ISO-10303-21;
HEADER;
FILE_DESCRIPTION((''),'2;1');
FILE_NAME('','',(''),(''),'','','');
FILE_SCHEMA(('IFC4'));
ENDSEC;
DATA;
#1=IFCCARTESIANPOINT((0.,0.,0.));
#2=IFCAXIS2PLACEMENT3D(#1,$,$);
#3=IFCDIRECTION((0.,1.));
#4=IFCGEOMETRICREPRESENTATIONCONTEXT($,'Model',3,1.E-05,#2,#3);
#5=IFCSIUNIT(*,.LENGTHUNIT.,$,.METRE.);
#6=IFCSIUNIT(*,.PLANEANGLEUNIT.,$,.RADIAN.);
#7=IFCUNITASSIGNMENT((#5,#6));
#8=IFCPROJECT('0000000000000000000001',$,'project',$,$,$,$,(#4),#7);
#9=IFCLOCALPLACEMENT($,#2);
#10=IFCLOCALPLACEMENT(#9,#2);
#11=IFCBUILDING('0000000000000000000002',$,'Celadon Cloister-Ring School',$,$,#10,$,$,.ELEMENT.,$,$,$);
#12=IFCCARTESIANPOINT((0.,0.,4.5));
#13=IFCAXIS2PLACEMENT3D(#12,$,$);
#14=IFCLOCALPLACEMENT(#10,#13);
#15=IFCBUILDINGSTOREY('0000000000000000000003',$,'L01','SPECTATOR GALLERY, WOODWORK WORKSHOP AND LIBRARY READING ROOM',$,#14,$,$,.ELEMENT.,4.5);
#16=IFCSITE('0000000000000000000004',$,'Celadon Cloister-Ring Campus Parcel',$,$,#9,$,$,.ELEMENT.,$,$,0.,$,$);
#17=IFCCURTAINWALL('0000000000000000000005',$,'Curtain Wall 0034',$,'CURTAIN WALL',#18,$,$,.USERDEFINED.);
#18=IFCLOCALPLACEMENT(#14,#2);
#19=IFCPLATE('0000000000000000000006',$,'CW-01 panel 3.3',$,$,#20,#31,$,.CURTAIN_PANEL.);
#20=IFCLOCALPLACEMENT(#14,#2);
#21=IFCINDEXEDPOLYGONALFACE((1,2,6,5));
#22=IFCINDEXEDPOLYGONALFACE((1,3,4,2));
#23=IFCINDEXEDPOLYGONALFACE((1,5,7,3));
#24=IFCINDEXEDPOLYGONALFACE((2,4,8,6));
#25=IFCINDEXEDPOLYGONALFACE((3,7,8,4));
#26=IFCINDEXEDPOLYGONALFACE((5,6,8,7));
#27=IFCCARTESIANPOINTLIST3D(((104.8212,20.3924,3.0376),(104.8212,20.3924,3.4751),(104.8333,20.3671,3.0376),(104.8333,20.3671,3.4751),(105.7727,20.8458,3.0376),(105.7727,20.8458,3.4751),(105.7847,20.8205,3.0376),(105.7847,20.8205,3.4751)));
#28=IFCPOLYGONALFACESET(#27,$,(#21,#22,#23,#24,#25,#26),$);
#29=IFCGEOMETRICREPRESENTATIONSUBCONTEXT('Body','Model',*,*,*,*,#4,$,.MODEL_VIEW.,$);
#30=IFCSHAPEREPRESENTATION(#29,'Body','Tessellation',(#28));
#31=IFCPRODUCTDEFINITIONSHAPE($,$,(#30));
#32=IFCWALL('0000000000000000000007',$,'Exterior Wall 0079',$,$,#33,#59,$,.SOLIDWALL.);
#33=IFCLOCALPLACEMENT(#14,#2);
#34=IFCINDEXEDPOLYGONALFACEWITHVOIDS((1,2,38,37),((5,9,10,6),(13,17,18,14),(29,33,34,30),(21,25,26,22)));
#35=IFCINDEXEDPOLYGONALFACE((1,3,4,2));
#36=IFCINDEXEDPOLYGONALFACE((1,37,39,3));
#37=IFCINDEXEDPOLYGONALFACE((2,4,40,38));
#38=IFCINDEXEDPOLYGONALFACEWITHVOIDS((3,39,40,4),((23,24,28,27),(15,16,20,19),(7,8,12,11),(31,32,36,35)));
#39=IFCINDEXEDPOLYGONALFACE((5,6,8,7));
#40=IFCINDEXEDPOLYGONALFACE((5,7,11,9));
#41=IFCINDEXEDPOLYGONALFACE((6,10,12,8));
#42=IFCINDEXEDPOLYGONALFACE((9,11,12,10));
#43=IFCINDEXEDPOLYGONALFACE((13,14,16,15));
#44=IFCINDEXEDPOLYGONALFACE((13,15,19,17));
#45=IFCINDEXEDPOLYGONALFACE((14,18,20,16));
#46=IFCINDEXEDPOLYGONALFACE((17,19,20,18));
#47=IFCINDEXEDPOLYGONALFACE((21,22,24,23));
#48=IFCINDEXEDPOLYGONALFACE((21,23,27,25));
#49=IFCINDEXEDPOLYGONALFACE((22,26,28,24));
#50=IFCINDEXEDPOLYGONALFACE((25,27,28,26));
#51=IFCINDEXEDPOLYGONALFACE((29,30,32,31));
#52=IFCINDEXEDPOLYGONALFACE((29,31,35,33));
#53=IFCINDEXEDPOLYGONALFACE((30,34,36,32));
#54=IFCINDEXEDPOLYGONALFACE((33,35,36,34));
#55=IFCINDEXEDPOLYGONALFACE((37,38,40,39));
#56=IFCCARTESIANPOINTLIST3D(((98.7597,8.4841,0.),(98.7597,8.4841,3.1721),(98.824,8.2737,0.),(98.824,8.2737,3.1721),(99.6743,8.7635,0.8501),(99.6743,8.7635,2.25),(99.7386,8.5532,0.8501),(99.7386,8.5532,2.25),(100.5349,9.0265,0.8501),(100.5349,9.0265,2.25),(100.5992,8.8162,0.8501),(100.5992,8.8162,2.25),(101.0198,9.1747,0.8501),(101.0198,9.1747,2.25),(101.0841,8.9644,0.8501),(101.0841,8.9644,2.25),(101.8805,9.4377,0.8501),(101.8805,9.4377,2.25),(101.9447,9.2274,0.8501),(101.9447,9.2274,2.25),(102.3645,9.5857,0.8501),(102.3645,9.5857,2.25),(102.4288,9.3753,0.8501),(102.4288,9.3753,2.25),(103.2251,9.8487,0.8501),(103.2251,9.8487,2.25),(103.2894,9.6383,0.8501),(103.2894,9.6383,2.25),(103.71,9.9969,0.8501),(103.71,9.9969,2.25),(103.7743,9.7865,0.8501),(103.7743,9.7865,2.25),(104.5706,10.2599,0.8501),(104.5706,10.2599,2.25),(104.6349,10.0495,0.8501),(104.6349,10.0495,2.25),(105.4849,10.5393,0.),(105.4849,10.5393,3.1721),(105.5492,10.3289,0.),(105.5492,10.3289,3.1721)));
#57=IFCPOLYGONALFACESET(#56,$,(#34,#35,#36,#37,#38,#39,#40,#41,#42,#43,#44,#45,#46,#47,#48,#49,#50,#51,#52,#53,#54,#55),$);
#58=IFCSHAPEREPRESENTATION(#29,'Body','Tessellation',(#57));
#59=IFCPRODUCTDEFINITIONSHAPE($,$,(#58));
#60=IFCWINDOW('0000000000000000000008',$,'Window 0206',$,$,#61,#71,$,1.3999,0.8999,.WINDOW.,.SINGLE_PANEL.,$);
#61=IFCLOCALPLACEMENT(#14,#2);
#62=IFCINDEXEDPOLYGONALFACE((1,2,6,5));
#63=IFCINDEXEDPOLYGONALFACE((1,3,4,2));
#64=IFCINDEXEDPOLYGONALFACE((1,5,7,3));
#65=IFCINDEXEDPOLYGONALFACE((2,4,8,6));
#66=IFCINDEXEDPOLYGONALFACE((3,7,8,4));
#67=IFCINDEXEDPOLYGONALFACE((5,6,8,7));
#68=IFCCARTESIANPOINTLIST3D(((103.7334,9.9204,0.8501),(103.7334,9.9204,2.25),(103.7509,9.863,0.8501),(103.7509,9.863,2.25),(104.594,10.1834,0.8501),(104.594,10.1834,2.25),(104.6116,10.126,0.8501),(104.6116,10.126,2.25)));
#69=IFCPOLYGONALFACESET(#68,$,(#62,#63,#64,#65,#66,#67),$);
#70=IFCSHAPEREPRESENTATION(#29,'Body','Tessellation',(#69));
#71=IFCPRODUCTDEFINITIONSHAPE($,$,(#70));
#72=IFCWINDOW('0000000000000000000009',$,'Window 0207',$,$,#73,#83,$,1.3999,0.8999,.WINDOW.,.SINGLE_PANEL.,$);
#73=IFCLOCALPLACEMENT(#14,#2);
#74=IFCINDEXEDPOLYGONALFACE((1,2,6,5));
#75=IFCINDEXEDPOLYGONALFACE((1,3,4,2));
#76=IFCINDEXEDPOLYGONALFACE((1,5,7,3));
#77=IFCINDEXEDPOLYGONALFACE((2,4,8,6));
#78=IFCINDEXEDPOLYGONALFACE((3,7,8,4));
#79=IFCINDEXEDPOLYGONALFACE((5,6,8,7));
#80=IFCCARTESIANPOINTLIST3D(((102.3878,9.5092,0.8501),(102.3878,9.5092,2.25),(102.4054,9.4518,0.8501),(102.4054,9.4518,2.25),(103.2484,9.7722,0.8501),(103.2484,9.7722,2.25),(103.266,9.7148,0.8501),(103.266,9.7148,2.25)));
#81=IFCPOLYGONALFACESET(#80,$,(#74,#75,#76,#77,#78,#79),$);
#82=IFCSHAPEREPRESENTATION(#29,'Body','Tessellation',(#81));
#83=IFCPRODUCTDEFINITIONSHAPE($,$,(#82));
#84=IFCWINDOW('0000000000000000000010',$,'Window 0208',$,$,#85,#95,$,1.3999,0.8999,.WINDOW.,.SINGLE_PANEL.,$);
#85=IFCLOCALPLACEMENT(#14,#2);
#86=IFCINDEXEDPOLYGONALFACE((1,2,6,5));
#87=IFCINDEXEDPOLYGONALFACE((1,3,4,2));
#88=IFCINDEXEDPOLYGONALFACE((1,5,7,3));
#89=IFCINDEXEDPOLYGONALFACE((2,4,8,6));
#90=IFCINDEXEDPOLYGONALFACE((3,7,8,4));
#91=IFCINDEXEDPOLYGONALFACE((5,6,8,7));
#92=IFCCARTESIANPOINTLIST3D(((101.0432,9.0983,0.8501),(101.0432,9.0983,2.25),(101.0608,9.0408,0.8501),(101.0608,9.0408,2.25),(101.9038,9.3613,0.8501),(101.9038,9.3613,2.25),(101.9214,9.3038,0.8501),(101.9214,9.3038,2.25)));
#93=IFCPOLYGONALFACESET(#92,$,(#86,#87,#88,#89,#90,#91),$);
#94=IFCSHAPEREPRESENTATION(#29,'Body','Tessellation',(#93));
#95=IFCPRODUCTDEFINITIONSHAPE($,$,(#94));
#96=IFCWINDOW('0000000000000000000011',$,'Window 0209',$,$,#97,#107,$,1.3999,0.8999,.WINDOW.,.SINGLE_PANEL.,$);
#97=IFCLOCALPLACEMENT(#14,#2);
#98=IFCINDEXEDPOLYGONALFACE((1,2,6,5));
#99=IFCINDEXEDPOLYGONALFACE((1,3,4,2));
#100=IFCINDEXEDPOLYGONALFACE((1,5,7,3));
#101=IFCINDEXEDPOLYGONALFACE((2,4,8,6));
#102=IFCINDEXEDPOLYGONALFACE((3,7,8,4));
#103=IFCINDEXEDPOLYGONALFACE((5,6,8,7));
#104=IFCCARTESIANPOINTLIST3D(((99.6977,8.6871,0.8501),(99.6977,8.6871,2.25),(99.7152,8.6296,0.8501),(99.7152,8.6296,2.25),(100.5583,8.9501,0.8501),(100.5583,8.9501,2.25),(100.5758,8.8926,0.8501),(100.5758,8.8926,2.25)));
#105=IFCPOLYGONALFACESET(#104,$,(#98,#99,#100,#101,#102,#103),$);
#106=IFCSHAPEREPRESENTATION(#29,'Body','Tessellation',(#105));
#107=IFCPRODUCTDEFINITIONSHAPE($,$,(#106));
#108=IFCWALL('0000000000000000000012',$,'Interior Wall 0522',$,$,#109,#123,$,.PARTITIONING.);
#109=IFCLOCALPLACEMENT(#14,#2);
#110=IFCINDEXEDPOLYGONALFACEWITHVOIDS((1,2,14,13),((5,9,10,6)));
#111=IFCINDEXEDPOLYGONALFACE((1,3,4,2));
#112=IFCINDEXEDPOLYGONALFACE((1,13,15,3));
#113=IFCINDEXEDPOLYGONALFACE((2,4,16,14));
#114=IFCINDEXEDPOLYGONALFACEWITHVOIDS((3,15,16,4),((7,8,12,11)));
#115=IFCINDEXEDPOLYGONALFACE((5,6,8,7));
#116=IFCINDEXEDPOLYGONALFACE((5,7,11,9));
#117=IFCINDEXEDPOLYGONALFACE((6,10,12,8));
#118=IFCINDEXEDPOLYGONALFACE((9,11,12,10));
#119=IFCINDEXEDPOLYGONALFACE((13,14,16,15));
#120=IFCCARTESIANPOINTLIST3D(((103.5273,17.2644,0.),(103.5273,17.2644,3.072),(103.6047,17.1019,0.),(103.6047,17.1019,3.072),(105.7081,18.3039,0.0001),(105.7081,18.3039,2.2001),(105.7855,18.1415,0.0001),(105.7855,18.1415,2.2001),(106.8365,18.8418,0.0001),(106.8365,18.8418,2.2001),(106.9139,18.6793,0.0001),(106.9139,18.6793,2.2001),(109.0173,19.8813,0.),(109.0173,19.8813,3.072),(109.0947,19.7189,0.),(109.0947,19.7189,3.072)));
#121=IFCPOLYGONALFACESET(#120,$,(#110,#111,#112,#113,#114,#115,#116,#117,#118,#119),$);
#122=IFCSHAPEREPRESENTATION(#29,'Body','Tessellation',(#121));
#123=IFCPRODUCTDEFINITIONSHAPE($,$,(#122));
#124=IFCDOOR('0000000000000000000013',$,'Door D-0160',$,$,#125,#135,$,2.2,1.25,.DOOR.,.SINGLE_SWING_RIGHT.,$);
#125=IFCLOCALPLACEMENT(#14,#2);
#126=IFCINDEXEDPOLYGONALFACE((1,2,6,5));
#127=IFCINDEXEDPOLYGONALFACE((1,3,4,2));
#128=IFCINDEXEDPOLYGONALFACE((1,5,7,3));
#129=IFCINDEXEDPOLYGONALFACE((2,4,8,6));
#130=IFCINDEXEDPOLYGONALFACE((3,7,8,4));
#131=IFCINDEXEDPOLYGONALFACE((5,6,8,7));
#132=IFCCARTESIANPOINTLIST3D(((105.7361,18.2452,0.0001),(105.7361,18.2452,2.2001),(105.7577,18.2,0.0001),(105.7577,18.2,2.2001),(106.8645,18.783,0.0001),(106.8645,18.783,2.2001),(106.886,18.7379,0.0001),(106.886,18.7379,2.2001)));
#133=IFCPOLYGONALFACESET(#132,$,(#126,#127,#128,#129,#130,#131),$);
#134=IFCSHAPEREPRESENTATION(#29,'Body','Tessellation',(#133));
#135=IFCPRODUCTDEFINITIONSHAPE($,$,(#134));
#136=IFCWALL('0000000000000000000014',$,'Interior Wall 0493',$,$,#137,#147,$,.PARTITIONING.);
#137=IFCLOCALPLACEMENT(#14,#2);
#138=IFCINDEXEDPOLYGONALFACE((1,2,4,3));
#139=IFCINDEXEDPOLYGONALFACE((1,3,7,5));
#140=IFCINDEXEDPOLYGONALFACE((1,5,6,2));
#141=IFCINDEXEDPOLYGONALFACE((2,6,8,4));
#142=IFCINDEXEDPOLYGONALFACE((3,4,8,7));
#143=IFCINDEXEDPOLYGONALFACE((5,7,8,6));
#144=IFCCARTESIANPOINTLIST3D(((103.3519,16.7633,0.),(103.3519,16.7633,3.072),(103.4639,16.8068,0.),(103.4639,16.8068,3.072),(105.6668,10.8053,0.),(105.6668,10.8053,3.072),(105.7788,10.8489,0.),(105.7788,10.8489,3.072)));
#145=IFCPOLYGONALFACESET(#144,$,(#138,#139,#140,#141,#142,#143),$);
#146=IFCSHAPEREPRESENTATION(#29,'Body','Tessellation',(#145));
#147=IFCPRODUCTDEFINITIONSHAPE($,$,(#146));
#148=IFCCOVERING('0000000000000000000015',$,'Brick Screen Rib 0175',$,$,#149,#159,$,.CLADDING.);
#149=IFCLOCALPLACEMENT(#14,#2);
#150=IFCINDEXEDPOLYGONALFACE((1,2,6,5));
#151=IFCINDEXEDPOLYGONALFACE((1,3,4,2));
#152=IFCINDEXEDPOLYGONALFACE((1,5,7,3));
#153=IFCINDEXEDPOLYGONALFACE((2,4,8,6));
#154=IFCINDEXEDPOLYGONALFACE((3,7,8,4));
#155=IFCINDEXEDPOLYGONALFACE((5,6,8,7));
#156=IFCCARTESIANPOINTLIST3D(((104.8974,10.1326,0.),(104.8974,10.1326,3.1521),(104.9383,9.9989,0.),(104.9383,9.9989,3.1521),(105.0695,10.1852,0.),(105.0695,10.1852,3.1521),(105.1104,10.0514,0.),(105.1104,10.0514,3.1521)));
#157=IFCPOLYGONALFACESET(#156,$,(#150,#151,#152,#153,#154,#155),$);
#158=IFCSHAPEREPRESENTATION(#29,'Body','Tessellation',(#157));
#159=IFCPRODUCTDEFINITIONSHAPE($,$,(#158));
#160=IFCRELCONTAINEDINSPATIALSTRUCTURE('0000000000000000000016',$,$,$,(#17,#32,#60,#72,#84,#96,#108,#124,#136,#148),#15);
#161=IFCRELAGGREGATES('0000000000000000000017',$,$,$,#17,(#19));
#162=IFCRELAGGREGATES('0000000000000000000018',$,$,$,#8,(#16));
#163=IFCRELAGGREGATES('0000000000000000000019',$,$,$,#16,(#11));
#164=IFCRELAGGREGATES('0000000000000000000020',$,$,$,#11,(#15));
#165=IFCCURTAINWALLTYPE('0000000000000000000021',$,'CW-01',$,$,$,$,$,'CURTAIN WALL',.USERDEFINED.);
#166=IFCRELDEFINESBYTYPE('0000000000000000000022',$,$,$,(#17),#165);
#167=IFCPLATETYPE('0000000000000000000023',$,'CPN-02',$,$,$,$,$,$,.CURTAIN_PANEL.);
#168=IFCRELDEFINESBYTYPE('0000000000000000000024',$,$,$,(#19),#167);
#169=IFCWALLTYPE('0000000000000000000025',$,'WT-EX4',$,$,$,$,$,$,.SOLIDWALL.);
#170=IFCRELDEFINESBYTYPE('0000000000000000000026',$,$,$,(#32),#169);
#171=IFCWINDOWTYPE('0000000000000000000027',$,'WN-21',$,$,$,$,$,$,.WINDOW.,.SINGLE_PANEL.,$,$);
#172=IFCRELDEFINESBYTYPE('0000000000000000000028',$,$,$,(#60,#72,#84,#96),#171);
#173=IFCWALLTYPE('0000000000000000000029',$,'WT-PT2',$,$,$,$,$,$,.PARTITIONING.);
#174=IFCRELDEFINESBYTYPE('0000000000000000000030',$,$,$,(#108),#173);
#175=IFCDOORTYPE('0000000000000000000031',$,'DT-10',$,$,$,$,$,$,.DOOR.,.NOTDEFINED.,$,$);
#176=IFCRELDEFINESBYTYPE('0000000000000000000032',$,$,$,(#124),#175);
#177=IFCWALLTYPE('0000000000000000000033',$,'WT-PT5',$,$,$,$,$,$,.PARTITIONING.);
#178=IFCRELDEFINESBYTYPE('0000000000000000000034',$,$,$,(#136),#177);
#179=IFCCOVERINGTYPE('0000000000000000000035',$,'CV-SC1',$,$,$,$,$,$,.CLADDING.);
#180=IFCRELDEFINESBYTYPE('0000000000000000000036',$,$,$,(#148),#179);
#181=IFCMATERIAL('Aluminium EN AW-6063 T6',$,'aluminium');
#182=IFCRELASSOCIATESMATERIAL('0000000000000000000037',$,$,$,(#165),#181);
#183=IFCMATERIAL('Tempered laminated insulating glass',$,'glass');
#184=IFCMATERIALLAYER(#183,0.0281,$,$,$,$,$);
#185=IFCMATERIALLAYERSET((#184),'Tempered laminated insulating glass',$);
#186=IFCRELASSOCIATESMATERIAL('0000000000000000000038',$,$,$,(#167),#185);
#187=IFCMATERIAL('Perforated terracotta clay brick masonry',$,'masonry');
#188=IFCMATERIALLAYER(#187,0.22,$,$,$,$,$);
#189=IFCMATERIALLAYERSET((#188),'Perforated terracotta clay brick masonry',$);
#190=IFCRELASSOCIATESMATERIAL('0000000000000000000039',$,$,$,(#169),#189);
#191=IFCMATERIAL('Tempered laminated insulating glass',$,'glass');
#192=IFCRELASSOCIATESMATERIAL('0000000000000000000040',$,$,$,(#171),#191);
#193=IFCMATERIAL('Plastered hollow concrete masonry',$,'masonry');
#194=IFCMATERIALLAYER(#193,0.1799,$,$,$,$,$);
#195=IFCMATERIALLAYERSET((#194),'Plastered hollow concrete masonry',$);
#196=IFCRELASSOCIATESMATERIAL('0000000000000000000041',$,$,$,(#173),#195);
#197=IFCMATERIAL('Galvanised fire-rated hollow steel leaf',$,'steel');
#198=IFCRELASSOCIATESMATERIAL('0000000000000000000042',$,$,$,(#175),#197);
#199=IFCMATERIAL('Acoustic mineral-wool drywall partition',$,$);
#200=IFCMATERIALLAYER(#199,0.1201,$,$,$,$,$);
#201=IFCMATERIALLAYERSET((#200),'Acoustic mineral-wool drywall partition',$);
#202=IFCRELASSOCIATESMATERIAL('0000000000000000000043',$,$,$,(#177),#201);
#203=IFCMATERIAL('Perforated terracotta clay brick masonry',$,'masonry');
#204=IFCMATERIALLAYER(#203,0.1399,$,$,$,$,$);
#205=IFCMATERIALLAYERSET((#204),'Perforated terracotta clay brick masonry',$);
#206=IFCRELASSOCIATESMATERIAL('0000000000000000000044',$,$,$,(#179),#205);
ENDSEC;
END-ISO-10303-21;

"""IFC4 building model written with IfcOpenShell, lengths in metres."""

from ifc_helpers import new_model, si_unit, direction, frame, frame_2d, origin, origin_2d, place, context, subcontext, project, spatial, rectangle, extrude, material, layer, layer_set, type_object, element, fill, aggregate, save


model = new_model("IFC4")

# Units and contexts
model_context = context("Model", 3, precision=1e-05, world=origin(), true_north=direction((0.0, 1.0)))
body_context = subcontext(model_context, "Body", "Model", "MODEL_VIEW")
ifc_project = project(units=[si_unit("LENGTHUNIT", "METRE"), si_unit("PLANEANGLEUNIT", "RADIAN")], contexts=[model_context])

# Site, building, storey
site_placement = place(None, origin())
site = spatial("IfcSite", under=ifc_project, at=site_placement, Name="Celadon Cloister-Ring Campus Parcel", CompositionType="ELEMENT", RefElevation=0.0)
building_placement = place(site_placement, origin())
building = spatial("IfcBuilding", under=site, at=building_placement, Name="Celadon Cloister-Ring School", CompositionType="ELEMENT")
storey_placement = place(building_placement, frame((0.0, 0.0, 4.5)))
storey = spatial("IfcBuildingStorey", under=building, at=storey_placement, Name="L01", Description="SPECTATOR GALLERY, WOODWORK WORKSHOP AND LIBRARY READING ROOM", CompositionType="ELEMENT", Elevation=4.5)

# Curtain wall
ifc_material_1 = material(Name="Aluminium EN AW-6063 T6", Category="aluminium")
curtain_wall_type = type_object("IfcCurtainWallType", Name="CW-01", ElementType="CURTAIN WALL", PredefinedType="USERDEFINED", material=ifc_material_1)
curtain_wall_placement = place(storey_placement, origin())
curtain_wall = element("IfcCurtainWall", 1, at=curtain_wall_placement, inside=storey, type_object=curtain_wall_type, Name="Curtain Wall 0034", ObjectType="CURTAIN WALL", PredefinedType="USERDEFINED")

# Plate
ifc_material_2 = material(Name="Tempered laminated insulating glass", Category="glass")
ifc_layer_1 = layer(ifc_material_2, 0.0281)
ifc_layer_set_1 = layer_set([ifc_layer_1], Name="Tempered laminated insulating glass")
plate_type = type_object("IfcPlateType", Name="CPN-02", PredefinedType="CURTAIN_PANEL", material=ifc_layer_set_1)
plate_1_placement = place(storey_placement, frame((105.303, 20.6064, 3.0376), z_axis=(0.0, 0.0, 1.0), x_axis=(0.902733, 0.430201, 0.0)))
plate_1 = element("IfcPlate", 2, at=plate_1_placement, type_object=plate_type, Name="CW-01 panel 3.3", PredefinedType="CURTAIN_PANEL", context=body_context, shape_type="SweptSolid", body=[
    extrude(rectangle(XDim=1.054, YDim=0.0281, at=origin_2d()), origin(), (0.0, 0.0, 1.0), 0.4375),
])
aggregate(curtain_wall, [plate_1])

# Wall, openings, windows
ifc_material_3 = material(Name="Perforated terracotta clay brick masonry", Category="masonry")
ifc_layer_2 = layer(ifc_material_3, 0.22)
ifc_layer_set_2 = layer_set([ifc_layer_2], Name="Perforated terracotta clay brick masonry")
wall_type_1 = type_object("IfcWallType", Name="WT-EX4", PredefinedType="SOLIDWALL", material=ifc_layer_set_2)
wall_1_placement = place(storey_placement, frame((105.5171, 10.4341, 0.0), z_axis=(0.0, 0.0, 1.0), x_axis=(-0.95634, -0.292256, 0.0)))
wall_1 = element("IfcWall", 3, at=wall_1_placement, inside=storey, type_object=wall_type_1, Name="Exterior Wall 0079", PredefinedType="SOLIDWALL", context=body_context, shape_type="SweptSolid", body=[
    extrude(rectangle(XDim=7.0322, YDim=0.22, at=frame_2d((3.5161, 0.0))), origin(), (0.0, 0.0, 1.0), 3.1721),
])
opening_1_placement = place(wall_1_placement, frame((0.9561, 0.0, 0.8501)))
opening_1 = element("IfcOpeningElement", 4, at=opening_1_placement, cuts=wall_1, PredefinedType="OPENING", context=body_context, shape_type="SweptSolid", body=[
    extrude(rectangle(XDim=0.8999, YDim=1.3999, at=frame_2d((0.45, 0.7))), frame((0.0, 0.1201, 0.0), z_axis=(0.0, -1.0, 0.0), x_axis=(1.0, 0.0, 0.0)), (0.0, 0.0, 1.0), 0.24),
])
opening_2_placement = place(wall_1_placement, frame((2.363, 0.0, 0.8501)))
opening_2 = element("IfcOpeningElement", 5, at=opening_2_placement, cuts=wall_1, PredefinedType="OPENING", context=body_context, shape_type="SweptSolid", body=[
    extrude(rectangle(XDim=0.8999, YDim=1.3999, at=frame_2d((0.45, 0.7))), frame((0.0, 0.1201, 0.0), z_axis=(0.0, -1.0, 0.0), x_axis=(1.0, 0.0, 0.0)), (0.0, 0.0, 1.0), 0.24),
])
opening_3_placement = place(wall_1_placement, frame((3.769, 0.0, 0.8501)))
opening_3 = element("IfcOpeningElement", 6, at=opening_3_placement, cuts=wall_1, PredefinedType="OPENING", context=body_context, shape_type="SweptSolid", body=[
    extrude(rectangle(XDim=0.8999, YDim=1.3999, at=frame_2d((0.45, 0.7))), frame((0.0, 0.1201, 0.0), z_axis=(0.0, -1.0, 0.0), x_axis=(1.0, 0.0, 0.0)), (0.0, 0.0, 1.0), 0.24),
])
opening_4_placement = place(wall_1_placement, frame((5.176, 0.0, 0.8501)))
opening_4 = element("IfcOpeningElement", 7, at=opening_4_placement, cuts=wall_1, PredefinedType="OPENING", context=body_context, shape_type="SweptSolid", body=[
    extrude(rectangle(XDim=0.8999, YDim=1.3999, at=frame_2d((0.45, 0.7))), frame((0.0, 0.1201, 0.0), z_axis=(0.0, -1.0, 0.0), x_axis=(1.0, 0.0, 0.0)), (0.0, 0.0, 1.0), 0.24),
])
ifc_material_4 = material(Name="Tempered laminated insulating glass", Category="glass")
window_type = type_object("IfcWindowType", Name="WN-21", PartitioningType="SINGLE_PANEL", PredefinedType="WINDOW", material=ifc_material_4)
window_1_placement = place(opening_1_placement, origin())
window_1 = element("IfcWindow", 8, at=window_1_placement, inside=storey, type_object=window_type, Name="Window 0206", OverallHeight=1.3999, OverallWidth=0.8999, PartitioningType="SINGLE_PANEL", PredefinedType="WINDOW", context=body_context, shape_type="SweptSolid", body=[
    extrude(rectangle(XDim=0.8999, YDim=1.3999, at=frame_2d((0.45, 0.7))), frame((0.0, 0.03, 0.0), z_axis=(0.0, -1.0, 0.0), x_axis=(1.0, 0.0, 0.0)), (0.0, 0.0, 1.0), 0.0601),
])
fill(opening_1, window_1)
window_2_placement = place(opening_2_placement, origin())
window_2 = element("IfcWindow", 9, at=window_2_placement, inside=storey, type_object=window_type, Name="Window 0207", OverallHeight=1.3999, OverallWidth=0.8999, PartitioningType="SINGLE_PANEL", PredefinedType="WINDOW", context=body_context, shape_type="SweptSolid", body=[
    extrude(rectangle(XDim=0.8999, YDim=1.3999, at=frame_2d((0.45, 0.7))), frame((0.0, 0.03, 0.0), z_axis=(0.0, -1.0, 0.0), x_axis=(1.0, 0.0, 0.0)), (0.0, 0.0, 1.0), 0.0601),
])
fill(opening_2, window_2)
window_3_placement = place(opening_3_placement, origin())
window_3 = element("IfcWindow", 10, at=window_3_placement, inside=storey, type_object=window_type, Name="Window 0208", OverallHeight=1.3999, OverallWidth=0.8999, PartitioningType="SINGLE_PANEL", PredefinedType="WINDOW", context=body_context, shape_type="SweptSolid", body=[
    extrude(rectangle(XDim=0.8999, YDim=1.3999, at=frame_2d((0.45, 0.7))), frame((0.0, 0.03, 0.0), z_axis=(0.0, -1.0, 0.0), x_axis=(1.0, 0.0, 0.0)), (0.0, 0.0, 1.0), 0.0601),
])
fill(opening_3, window_3)
window_4_placement = place(opening_4_placement, origin())
window_4 = element("IfcWindow", 11, at=window_4_placement, inside=storey, type_object=window_type, Name="Window 0209", OverallHeight=1.3999, OverallWidth=0.8999, PartitioningType="SINGLE_PANEL", PredefinedType="WINDOW", context=body_context, shape_type="SweptSolid", body=[
    extrude(rectangle(XDim=0.8999, YDim=1.3999, at=frame_2d((0.45, 0.7))), frame((0.0, 0.03, 0.0), z_axis=(0.0, -1.0, 0.0), x_axis=(1.0, 0.0, 0.0)), (0.0, 0.0, 1.0), 0.0601),
])
fill(opening_4, window_4)

# Wall, opening, door
ifc_material_5 = material(Name="Plastered hollow concrete masonry", Category="masonry")
ifc_layer_3 = layer(ifc_material_5, 0.1799)
ifc_layer_set_3 = layer_set([ifc_layer_3], Name="Plastered hollow concrete masonry")
wall_type_2 = type_object("IfcWallType", Name="WT-PT2", PredefinedType="PARTITIONING", material=ifc_layer_set_3)
wall_2_placement = place(storey_placement, frame((103.5659, 17.1831, 0.0), z_axis=(0.0, 0.0, 1.0), x_axis=(0.902691, 0.43029, 0.0)))
wall_2 = element("IfcWall", 12, at=wall_2_placement, inside=storey, type_object=wall_type_2, Name="Interior Wall 0522", PredefinedType="PARTITIONING", context=body_context, shape_type="SweptSolid", body=[
    extrude(rectangle(XDim=6.0818, YDim=0.1799, at=frame_2d((3.041, 0.0))), origin(), (0.0, 0.0, 1.0), 3.072),
])
opening_5_placement = place(wall_2_placement, frame((2.416, 0.0, 0.0)))
opening_5 = element("IfcOpeningElement", 13, at=opening_5_placement, cuts=wall_2, PredefinedType="OPENING", context=body_context, shape_type="SweptSolid", body=[
    extrude(rectangle(XDim=1.25, YDim=2.2, at=frame_2d((0.625, 1.1001))), frame((0.0, 0.1001, 0.0), z_axis=(0.0, -1.0, 0.0), x_axis=(1.0, 0.0, 0.0)), (0.0, 0.0, 1.0), 0.2),
])
ifc_material_6 = material(Name="Galvanised fire-rated hollow steel leaf", Category="steel")
door_type = type_object("IfcDoorType", Name="DT-10", OperationType="NOTDEFINED", PredefinedType="DOOR", material=ifc_material_6)
door_placement = place(opening_5_placement, origin())
door = element("IfcDoor", 14, at=door_placement, inside=storey, type_object=door_type, Name="Door D-0160", OperationType="SINGLE_SWING_RIGHT", OverallHeight=2.2, OverallWidth=1.25, PredefinedType="DOOR", context=body_context, shape_type="SweptSolid", body=[
    extrude(rectangle(XDim=1.25, YDim=2.2, at=frame_2d((0.625, 1.1001))), frame((0.0, 0.0249, 0.0), z_axis=(0.0, -1.0, 0.0), x_axis=(1.0, 0.0, 0.0)), (0.0, 0.0, 1.0), 0.05),
])
fill(opening_5, door)

# Wall
ifc_material_7 = material(Name="Acoustic mineral-wool drywall partition")
ifc_layer_4 = layer(ifc_material_7, 0.1201)
ifc_layer_set_4 = layer_set([ifc_layer_4], Name="Acoustic mineral-wool drywall partition")
wall_type_3 = type_object("IfcWallType", Name="WT-PT5", PredefinedType="PARTITIONING", material=ifc_layer_set_4)
wall_3_placement = place(storey_placement, frame((103.408, 16.7849, 0.0), z_axis=(0.0, 0.0, 1.0), x_axis=(0.362166, -0.932114, 0.0)))
element("IfcWall", 15, at=wall_3_placement, inside=storey, type_object=wall_type_3, Name="Interior Wall 0493", PredefinedType="PARTITIONING", context=body_context, shape_type="SweptSolid", body=[
    extrude(rectangle(XDim=6.3918, YDim=0.1201, at=frame_2d((3.1958, 0.0))), origin(), (0.0, 0.0, 1.0), 3.072),
])

# Covering
ifc_material_8 = material(Name="Perforated terracotta clay brick masonry", Category="masonry")
ifc_layer_5 = layer(ifc_material_8, 0.1399)
ifc_layer_set_5 = layer_set([ifc_layer_5], Name="Perforated terracotta clay brick masonry")
covering_type = type_object("IfcCoveringType", Name="CV-SC1", PredefinedType="CLADDING", material=ifc_layer_set_5)
covering_placement = place(storey_placement, frame((105.0039, 10.092, 0.0), z_axis=(0.0, 0.0, 1.0), x_axis=(-0.956346, -0.292238, 0.0)))
element("IfcCovering", 16, at=covering_placement, inside=storey, type_object=covering_type, Name="Brick Screen Rib 0175", PredefinedType="CLADDING", context=body_context, shape_type="SweptSolid", body=[
    extrude(rectangle(XDim=0.1799, YDim=0.1399, at=origin_2d()), origin(), (0.0, 0.0, 1.0), 3.1521),
])

save(model, "model.ifc")
